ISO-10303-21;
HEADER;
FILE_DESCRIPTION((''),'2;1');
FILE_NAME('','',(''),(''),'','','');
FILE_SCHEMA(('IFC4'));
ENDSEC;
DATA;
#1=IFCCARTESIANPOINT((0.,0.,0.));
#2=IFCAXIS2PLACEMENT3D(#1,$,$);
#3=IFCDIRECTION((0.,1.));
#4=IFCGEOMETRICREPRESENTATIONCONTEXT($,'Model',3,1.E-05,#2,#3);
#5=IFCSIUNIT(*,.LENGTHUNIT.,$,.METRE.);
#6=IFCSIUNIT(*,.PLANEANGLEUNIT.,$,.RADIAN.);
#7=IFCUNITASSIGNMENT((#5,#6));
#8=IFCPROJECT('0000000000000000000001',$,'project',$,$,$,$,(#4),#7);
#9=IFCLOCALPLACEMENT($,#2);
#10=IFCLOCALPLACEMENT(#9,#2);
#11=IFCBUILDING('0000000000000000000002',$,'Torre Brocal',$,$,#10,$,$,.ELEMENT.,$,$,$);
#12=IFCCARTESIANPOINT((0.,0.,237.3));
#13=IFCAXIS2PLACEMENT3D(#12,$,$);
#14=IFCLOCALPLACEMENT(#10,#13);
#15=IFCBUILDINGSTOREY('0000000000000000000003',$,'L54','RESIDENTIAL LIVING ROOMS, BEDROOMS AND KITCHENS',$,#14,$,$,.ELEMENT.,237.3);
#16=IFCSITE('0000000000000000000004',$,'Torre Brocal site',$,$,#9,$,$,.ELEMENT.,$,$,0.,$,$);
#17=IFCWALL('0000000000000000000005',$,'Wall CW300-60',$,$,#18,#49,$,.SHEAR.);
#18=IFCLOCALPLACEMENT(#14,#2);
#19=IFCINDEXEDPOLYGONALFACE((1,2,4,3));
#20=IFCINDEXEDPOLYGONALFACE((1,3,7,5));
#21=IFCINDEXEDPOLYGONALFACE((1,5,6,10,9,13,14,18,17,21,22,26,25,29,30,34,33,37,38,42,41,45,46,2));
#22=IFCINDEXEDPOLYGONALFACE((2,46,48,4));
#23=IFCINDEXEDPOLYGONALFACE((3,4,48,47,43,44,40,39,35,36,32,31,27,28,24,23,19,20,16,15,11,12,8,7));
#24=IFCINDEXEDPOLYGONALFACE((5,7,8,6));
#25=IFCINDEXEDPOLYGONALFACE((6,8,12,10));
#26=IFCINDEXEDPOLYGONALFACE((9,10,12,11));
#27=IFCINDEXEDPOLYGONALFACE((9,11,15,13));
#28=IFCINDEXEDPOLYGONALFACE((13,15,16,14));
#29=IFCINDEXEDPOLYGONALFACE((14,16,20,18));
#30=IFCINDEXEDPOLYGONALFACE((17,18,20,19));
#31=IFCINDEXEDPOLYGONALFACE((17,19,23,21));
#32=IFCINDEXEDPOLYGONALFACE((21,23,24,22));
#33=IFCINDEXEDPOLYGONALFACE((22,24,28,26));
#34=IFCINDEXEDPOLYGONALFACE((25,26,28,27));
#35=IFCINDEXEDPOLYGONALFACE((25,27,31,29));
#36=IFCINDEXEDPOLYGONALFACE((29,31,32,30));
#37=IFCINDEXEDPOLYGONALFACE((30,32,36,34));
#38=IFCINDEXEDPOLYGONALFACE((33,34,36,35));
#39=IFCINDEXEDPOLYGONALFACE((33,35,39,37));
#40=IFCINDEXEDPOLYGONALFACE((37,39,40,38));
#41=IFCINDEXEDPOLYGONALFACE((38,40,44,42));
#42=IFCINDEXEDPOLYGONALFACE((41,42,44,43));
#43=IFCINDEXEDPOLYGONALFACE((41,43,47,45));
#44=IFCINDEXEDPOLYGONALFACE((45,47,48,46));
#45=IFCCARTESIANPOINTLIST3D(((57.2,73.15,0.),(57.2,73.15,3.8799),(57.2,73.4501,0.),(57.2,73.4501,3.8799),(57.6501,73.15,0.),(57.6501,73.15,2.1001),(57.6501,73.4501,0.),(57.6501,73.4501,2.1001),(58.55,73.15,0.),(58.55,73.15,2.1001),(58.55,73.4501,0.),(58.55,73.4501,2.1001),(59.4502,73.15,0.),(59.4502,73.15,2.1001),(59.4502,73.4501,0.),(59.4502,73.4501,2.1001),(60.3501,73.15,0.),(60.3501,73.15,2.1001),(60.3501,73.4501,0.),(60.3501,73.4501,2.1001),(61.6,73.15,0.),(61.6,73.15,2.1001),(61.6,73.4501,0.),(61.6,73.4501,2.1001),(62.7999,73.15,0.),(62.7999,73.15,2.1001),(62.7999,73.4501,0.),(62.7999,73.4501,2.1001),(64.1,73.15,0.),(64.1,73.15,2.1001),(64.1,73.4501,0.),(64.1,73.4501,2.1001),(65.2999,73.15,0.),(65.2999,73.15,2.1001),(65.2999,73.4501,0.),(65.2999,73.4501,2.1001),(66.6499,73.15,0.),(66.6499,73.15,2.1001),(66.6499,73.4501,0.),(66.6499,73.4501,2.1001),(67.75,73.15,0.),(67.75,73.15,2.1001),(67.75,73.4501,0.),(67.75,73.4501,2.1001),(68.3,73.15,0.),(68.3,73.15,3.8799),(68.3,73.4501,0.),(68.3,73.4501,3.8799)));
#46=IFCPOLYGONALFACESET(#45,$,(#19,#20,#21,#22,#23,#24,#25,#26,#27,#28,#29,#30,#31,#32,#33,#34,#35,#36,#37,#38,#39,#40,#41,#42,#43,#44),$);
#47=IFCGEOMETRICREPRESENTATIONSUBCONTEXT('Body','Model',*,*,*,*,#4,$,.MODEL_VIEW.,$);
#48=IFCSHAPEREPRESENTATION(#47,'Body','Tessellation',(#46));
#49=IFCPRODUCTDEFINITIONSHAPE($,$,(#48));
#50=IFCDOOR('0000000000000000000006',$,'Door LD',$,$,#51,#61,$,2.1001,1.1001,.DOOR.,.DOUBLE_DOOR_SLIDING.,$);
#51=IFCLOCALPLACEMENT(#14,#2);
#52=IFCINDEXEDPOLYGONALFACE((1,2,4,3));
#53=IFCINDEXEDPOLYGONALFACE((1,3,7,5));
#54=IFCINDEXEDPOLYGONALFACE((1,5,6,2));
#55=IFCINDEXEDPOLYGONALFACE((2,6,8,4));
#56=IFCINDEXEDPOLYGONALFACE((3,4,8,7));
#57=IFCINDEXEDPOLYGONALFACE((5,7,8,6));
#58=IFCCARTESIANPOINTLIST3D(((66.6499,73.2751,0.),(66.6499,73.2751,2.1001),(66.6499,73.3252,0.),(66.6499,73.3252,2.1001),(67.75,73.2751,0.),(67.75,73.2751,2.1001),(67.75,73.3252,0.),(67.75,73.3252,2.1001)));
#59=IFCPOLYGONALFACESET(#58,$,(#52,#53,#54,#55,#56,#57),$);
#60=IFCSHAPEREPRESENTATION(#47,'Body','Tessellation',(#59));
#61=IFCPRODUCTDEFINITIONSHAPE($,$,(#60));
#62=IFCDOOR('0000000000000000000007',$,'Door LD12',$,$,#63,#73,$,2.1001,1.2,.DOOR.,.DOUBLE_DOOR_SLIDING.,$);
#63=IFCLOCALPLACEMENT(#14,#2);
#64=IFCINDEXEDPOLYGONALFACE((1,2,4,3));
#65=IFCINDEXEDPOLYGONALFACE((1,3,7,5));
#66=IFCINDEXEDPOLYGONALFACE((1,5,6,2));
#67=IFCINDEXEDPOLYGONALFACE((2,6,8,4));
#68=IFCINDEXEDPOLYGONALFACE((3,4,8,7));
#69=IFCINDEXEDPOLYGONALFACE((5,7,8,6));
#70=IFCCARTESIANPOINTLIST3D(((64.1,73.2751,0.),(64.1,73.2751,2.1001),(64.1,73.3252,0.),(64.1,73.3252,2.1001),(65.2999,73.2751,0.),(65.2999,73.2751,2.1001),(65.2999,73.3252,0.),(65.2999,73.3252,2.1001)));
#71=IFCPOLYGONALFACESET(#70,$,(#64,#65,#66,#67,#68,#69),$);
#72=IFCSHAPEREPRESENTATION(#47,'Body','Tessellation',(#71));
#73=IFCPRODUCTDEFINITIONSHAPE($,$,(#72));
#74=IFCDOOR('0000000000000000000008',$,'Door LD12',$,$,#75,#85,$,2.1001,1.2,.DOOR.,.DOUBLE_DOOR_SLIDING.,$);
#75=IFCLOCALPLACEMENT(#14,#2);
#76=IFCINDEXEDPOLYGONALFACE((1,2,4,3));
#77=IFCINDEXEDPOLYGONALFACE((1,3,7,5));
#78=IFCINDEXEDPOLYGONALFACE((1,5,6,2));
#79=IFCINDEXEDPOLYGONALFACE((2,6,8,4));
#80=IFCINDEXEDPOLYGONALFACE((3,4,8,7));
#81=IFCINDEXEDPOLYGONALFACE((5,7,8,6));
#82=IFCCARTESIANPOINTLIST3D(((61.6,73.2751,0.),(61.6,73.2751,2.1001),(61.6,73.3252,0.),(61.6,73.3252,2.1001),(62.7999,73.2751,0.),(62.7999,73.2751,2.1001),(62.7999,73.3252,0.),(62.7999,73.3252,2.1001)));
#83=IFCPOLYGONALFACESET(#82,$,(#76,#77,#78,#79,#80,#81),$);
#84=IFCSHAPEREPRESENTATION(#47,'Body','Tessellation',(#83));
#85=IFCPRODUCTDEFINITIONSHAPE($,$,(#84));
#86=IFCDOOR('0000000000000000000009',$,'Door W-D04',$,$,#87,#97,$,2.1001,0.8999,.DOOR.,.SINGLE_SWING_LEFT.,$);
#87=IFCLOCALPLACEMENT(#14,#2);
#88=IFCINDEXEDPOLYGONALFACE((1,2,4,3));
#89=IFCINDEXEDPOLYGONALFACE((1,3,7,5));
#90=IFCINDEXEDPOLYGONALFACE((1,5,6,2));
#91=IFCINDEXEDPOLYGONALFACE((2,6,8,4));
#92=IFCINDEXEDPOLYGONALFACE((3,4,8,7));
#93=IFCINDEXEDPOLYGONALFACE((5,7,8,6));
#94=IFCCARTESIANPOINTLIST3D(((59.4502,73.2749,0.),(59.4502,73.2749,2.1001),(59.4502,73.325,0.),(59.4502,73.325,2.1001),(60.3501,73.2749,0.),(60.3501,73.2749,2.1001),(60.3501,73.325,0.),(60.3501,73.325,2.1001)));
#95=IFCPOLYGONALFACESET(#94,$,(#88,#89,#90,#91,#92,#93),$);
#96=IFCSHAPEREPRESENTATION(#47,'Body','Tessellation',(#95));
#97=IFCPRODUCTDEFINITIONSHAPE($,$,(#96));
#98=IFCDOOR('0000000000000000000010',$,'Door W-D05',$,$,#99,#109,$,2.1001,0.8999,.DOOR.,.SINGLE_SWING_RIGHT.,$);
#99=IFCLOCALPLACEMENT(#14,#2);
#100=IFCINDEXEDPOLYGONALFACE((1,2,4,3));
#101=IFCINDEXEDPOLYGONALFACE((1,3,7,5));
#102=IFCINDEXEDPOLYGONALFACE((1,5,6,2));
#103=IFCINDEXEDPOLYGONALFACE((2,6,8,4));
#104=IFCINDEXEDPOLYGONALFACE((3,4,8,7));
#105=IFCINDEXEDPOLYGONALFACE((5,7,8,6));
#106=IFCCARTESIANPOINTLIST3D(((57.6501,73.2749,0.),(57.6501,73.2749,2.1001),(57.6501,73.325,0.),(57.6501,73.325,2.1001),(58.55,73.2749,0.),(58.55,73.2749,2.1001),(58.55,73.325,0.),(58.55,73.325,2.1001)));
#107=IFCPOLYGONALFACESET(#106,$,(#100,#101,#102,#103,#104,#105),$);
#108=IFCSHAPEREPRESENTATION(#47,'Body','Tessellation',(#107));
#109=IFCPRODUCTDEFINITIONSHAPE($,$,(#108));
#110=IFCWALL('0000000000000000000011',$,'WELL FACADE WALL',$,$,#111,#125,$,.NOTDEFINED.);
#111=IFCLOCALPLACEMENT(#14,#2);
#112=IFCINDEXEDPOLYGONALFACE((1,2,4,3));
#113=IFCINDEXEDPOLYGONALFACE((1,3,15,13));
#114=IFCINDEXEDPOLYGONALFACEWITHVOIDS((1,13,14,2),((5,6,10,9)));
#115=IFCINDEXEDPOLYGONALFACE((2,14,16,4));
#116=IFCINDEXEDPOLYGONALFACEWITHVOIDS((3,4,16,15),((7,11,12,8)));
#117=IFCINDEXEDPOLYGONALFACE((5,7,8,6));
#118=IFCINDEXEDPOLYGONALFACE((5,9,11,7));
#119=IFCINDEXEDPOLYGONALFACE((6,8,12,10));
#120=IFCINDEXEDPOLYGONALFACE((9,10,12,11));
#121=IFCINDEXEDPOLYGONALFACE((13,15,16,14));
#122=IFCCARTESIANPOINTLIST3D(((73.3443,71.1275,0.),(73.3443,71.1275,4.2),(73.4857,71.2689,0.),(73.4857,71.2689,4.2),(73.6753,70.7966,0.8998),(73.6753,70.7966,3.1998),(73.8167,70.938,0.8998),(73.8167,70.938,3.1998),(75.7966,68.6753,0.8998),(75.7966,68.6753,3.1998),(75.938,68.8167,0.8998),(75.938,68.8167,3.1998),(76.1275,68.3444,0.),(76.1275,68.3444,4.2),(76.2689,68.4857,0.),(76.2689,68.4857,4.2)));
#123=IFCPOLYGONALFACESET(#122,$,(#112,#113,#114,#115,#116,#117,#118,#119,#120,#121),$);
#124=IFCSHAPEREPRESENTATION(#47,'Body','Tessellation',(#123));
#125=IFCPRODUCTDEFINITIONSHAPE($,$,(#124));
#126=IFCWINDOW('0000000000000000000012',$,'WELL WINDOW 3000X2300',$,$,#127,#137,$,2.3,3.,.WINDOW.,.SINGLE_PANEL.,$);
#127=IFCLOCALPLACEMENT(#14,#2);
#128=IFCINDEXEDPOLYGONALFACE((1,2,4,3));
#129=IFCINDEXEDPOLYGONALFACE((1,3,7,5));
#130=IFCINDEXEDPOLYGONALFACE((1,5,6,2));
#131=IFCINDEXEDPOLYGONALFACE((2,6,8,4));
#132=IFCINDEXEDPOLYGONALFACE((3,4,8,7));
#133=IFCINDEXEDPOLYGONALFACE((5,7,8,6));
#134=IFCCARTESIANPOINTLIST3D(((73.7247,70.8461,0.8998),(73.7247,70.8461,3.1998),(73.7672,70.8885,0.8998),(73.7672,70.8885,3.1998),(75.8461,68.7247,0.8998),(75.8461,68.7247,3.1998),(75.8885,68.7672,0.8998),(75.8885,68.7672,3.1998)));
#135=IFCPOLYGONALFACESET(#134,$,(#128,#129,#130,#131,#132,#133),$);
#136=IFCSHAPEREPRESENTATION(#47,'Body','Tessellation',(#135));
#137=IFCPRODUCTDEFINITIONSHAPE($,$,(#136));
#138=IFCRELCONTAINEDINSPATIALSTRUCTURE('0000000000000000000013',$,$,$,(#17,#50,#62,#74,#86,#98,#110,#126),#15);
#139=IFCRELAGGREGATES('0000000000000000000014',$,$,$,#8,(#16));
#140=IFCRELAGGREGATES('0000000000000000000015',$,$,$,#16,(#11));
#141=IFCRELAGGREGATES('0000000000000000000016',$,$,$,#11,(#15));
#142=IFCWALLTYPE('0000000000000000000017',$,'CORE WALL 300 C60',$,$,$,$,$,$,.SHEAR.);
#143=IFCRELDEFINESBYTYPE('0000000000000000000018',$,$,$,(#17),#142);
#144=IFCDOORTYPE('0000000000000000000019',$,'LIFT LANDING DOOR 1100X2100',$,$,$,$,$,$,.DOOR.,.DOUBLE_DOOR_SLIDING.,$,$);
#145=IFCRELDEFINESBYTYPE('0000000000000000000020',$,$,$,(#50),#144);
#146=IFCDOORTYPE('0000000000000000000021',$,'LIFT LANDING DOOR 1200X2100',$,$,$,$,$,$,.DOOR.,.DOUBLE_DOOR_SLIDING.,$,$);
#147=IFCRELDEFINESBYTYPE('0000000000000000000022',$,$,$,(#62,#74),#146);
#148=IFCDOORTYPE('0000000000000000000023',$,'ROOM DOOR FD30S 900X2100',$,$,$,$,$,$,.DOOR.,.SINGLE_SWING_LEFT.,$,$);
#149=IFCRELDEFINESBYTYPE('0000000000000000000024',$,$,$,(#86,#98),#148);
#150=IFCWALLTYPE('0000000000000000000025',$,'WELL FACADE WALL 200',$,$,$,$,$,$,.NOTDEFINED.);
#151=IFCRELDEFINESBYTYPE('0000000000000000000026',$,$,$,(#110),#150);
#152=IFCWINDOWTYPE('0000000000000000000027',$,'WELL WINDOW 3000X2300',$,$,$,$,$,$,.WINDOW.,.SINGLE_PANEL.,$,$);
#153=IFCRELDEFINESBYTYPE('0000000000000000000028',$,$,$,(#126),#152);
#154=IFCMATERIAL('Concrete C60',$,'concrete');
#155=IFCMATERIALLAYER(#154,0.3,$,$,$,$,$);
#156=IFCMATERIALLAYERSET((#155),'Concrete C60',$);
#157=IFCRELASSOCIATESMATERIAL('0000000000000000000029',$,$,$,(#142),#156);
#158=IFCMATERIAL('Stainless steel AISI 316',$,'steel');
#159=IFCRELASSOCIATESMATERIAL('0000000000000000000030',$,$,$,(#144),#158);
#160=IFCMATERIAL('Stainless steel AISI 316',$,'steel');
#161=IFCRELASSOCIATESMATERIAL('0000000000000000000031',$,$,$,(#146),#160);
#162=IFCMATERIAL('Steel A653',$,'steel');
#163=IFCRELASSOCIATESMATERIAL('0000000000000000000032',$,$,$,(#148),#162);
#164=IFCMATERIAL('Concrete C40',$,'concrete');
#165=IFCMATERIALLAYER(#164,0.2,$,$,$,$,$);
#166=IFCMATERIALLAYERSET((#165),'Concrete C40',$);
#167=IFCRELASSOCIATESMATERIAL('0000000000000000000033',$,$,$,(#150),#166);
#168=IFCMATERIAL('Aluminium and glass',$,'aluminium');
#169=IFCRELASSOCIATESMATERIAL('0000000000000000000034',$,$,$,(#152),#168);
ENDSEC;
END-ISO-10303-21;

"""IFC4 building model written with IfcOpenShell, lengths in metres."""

from ifc_helpers import new_model, si_unit, direction, frame, frame_2d, origin, place, context, subcontext, project, spatial, rectangle, extrude, material, layer, layer_set, type_object, element, fill, save


model = new_model("IFC4")

# Units and contexts
model_context = context("Model", 3, precision=1e-05, world=origin(), true_north=direction((0.0, 1.0)))
body_context = subcontext(model_context, "Body", "Model", "MODEL_VIEW")
ifc_project = project(units=[si_unit("LENGTHUNIT", "METRE"), si_unit("PLANEANGLEUNIT", "RADIAN")], contexts=[model_context])

# Site, building, storey
site_placement = place(None, origin())
site = spatial("IfcSite", under=ifc_project, at=site_placement, Name="Torre Brocal site", CompositionType="ELEMENT", RefElevation=0.0)
building_placement = place(site_placement, origin())
building = spatial("IfcBuilding", under=site, at=building_placement, Name="Torre Brocal", CompositionType="ELEMENT")
storey_placement = place(building_placement, frame((0.0, 0.0, 237.3)))
storey = spatial("IfcBuildingStorey", under=building, at=storey_placement, Name="L54", Description="RESIDENTIAL LIVING ROOMS, BEDROOMS AND KITCHENS", CompositionType="ELEMENT", Elevation=237.3)

# Shared definitions
ifc_material_1 = material(Name="Concrete C60", Category="concrete")
ifc_layer_1 = layer(ifc_material_1, 0.3)
ifc_layer_set_1 = layer_set([ifc_layer_1], Name="Concrete C60")
wall_type_1 = type_object("IfcWallType", Name="CORE WALL 300 C60", PredefinedType="SHEAR", material=ifc_layer_set_1)

# Wall, openings, doors
wall_1_placement = place(storey_placement, frame((68.3, 73.3, 0.0), z_axis=(0.0, 0.0, 1.0), x_axis=(-1.0, 0.0, 0.0)))
wall_1 = element("IfcWall", 1, at=wall_1_placement, inside=storey, type_object=wall_type_1, Name="Wall CW300-60", PredefinedType="SHEAR", context=body_context, shape_type="SweptSolid", body=[
    extrude(rectangle(XDim=11.1001, YDim=0.3, at=frame_2d((5.55, 0.0))), origin(), (0.0, 0.0, 1.0), 3.8799),
])
opening_1_placement = place(wall_1_placement, frame((0.55, 0.0, 0.0)))
opening_1 = element("IfcOpeningElement", 2, at=opening_1_placement, cuts=wall_1, PredefinedType="OPENING", context=body_context, shape_type="SweptSolid", body=[
    extrude(rectangle(XDim=1.1001, YDim=2.1001, at=frame_2d((0.55, 1.05))), frame((0.0, 0.1599, 0.0), z_axis=(0.0, -1.0, 0.0), x_axis=(1.0, 0.0, 0.0)), (0.0, 0.0, 1.0), 0.3201),
])
opening_2_placement = place(wall_1_placement, frame((3.0, 0.0, 0.0)))
opening_2 = element("IfcOpeningElement", 3, at=opening_2_placement, cuts=wall_1, PredefinedType="OPENING", context=body_context, shape_type="SweptSolid", body=[
    extrude(rectangle(XDim=1.2, YDim=2.1001, at=frame_2d((0.6001, 1.05))), frame((0.0, 0.1599, 0.0), z_axis=(0.0, -1.0, 0.0), x_axis=(1.0, 0.0, 0.0)), (0.0, 0.0, 1.0), 0.3201),
])
opening_3_placement = place(wall_1_placement, frame((5.5, 0.0, 0.0)))
opening_3 = element("IfcOpeningElement", 4, at=opening_3_placement, cuts=wall_1, PredefinedType="OPENING", context=body_context, shape_type="SweptSolid", body=[
    extrude(rectangle(XDim=1.2, YDim=2.1001, at=frame_2d((0.6001, 1.05))), frame((0.0, 0.1599, 0.0), z_axis=(0.0, -1.0, 0.0), x_axis=(1.0, 0.0, 0.0)), (0.0, 0.0, 1.0), 0.3201),
])
opening_4_placement = place(wall_1_placement, frame((7.95, 0.0, 0.0)))
opening_4 = element("IfcOpeningElement", 5, at=opening_4_placement, cuts=wall_1, PredefinedType="OPENING", context=body_context, shape_type="SweptSolid", body=[
    extrude(rectangle(XDim=0.8999, YDim=2.1001, at=frame_2d((0.45, 1.05))), frame((0.0, 0.1599, 0.0), z_axis=(0.0, -1.0, 0.0), x_axis=(1.0, 0.0, 0.0)), (0.0, 0.0, 1.0), 0.3201),
])
opening_5_placement = place(wall_1_placement, frame((9.75, 0.0, 0.0)))
opening_5 = element("IfcOpeningElement", 6, at=opening_5_placement, cuts=wall_1, PredefinedType="OPENING", context=body_context, shape_type="SweptSolid", body=[
    extrude(rectangle(XDim=0.8999, YDim=2.1001, at=frame_2d((0.45, 1.05))), frame((0.0, 0.1599, 0.0), z_axis=(0.0, -1.0, 0.0), x_axis=(1.0, 0.0, 0.0)), (0.0, 0.0, 1.0), 0.3201),
])
ifc_material_2 = material(Name="Stainless steel AISI 316", Category="steel")
door_type_1 = type_object("IfcDoorType", Name="LIFT LANDING DOOR 1100X2100", OperationType="DOUBLE_DOOR_SLIDING", PredefinedType="DOOR", material=ifc_material_2)
door_1_placement = place(opening_1_placement, origin())
door_1 = element("IfcDoor", 7, at=door_1_placement, inside=storey, type_object=door_type_1, Name="Door LD", OperationType="DOUBLE_DOOR_SLIDING", OverallHeight=2.1001, OverallWidth=1.1001, PredefinedType="DOOR", context=body_context, shape_type="SweptSolid", body=[
    extrude(rectangle(XDim=1.1001, YDim=2.1001, at=frame_2d((0.55, 1.05))), frame((0.0, 0.0249, 0.0), z_axis=(0.0, -1.0, 0.0), x_axis=(1.0, 0.0, 0.0)), (0.0, 0.0, 1.0), 0.05),
])
fill(opening_1, door_1)
ifc_material_3 = material(Name="Stainless steel AISI 316", Category="steel")
door_type_2 = type_object("IfcDoorType", Name="LIFT LANDING DOOR 1200X2100", OperationType="DOUBLE_DOOR_SLIDING", PredefinedType="DOOR", material=ifc_material_3)
door_2_placement = place(opening_2_placement, origin())
door_2 = element("IfcDoor", 8, at=door_2_placement, inside=storey, type_object=door_type_2, Name="Door LD12", OperationType="DOUBLE_DOOR_SLIDING", OverallHeight=2.1001, OverallWidth=1.2, PredefinedType="DOOR", context=body_context, shape_type="SweptSolid", body=[
    extrude(rectangle(XDim=1.2, YDim=2.1001, at=frame_2d((0.6001, 1.05))), frame((0.0, 0.0249, 0.0), z_axis=(0.0, -1.0, 0.0), x_axis=(1.0, 0.0, 0.0)), (0.0, 0.0, 1.0), 0.05),
])
fill(opening_2, door_2)
door_3_placement = place(opening_3_placement, origin())
door_3 = element("IfcDoor", 9, at=door_3_placement, inside=storey, type_object=door_type_2, Name="Door LD12", OperationType="DOUBLE_DOOR_SLIDING", OverallHeight=2.1001, OverallWidth=1.2, PredefinedType="DOOR", context=body_context, shape_type="SweptSolid", body=[
    extrude(rectangle(XDim=1.2, YDim=2.1001, at=frame_2d((0.6001, 1.05))), frame((0.0, 0.0249, 0.0), z_axis=(0.0, -1.0, 0.0), x_axis=(1.0, 0.0, 0.0)), (0.0, 0.0, 1.0), 0.05),
])
fill(opening_3, door_3)
ifc_material_4 = material(Name="Steel A653", Category="steel")
door_type_3 = type_object("IfcDoorType", Name="ROOM DOOR FD30S 900X2100", OperationType="SINGLE_SWING_LEFT", PredefinedType="DOOR", material=ifc_material_4)
door_4_placement = place(opening_4_placement, frame((0.8999, 0.0, 0.0), z_axis=(0.0, 0.0, 1.0), x_axis=(-1.0, 0.0, 0.0)))
door_4 = element("IfcDoor", 10, at=door_4_placement, inside=storey, type_object=door_type_3, Name="Door W-D04", OperationType="SINGLE_SWING_LEFT", OverallHeight=2.1001, OverallWidth=0.8999, PredefinedType="DOOR", context=body_context, shape_type="SweptSolid", body=[
    extrude(rectangle(XDim=0.8999, YDim=2.1001, at=frame_2d((0.45, 1.05))), frame((0.0, 0.0249, 0.0), z_axis=(0.0, -1.0, 0.0), x_axis=(1.0, 0.0, 0.0)), (0.0, 0.0, 1.0), 0.05),
])
fill(opening_4, door_4)
door_5_placement = place(opening_5_placement, frame((0.8999, 0.0, 0.0), z_axis=(0.0, 0.0, 1.0), x_axis=(-1.0, 0.0, 0.0)))
door_5 = element("IfcDoor", 11, at=door_5_placement, inside=storey, type_object=door_type_3, Name="Door W-D05", OperationType="SINGLE_SWING_RIGHT", OverallHeight=2.1001, OverallWidth=0.8999, PredefinedType="DOOR", context=body_context, shape_type="SweptSolid", body=[
    extrude(rectangle(XDim=0.8999, YDim=2.1001, at=frame_2d((0.45, 1.05))), frame((0.0, 0.0249, 0.0), z_axis=(0.0, -1.0, 0.0), x_axis=(1.0, 0.0, 0.0)), (0.0, 0.0, 1.0), 0.05),
])
fill(opening_5, door_5)

# Wall, opening, window
ifc_material_5 = material(Name="Concrete C40", Category="concrete")
ifc_layer_2 = layer(ifc_material_5, 0.2)
ifc_layer_set_2 = layer_set([ifc_layer_2], Name="Concrete C40")
wall_type_2 = type_object("IfcWallType", Name="WELL FACADE WALL 200", PredefinedType="NOTDEFINED", material=ifc_layer_set_2)
wall_2_placement = place(storey_placement, frame((73.415, 71.1982, 0.0), z_axis=(0.0, 0.0, 1.0), x_axis=(0.707107, -0.707107, 0.0)))
wall_2 = element("IfcWall", 12, at=wall_2_placement, inside=storey, type_object=wall_type_2, Name="WELL FACADE WALL", PredefinedType="NOTDEFINED", context=body_context, shape_type="SweptSolid", body=[
    extrude(rectangle(XDim=3.936, YDim=0.2, at=frame_2d((1.968, 0.0))), origin(), (0.0, 0.0, 1.0), 4.2),
])
opening_6_placement = place(wall_2_placement, frame((0.468, 0.0, 0.8999)))
opening_6 = element("IfcOpeningElement", 13, at=opening_6_placement, cuts=wall_2, PredefinedType="OPENING", context=body_context, shape_type="SweptSolid", body=[
    extrude(rectangle(XDim=3.0, YDim=2.3, at=frame_2d((1.5, 1.1499))), frame((0.0, 0.1099, 0.0), z_axis=(0.0, -1.0, 0.0), x_axis=(1.0, 0.0, 0.0)), (0.0, 0.0, 1.0), 0.22),
])
ifc_material_6 = material(Name="Aluminium and glass", Category="aluminium")
window_type = type_object("IfcWindowType", Name="WELL WINDOW 3000X2300", PartitioningType="SINGLE_PANEL", PredefinedType="WINDOW", material=ifc_material_6)
window_1_placement = place(opening_6_placement, origin())
window_1 = element("IfcWindow", 14, at=window_1_placement, inside=storey, type_object=window_type, Name="WELL WINDOW 3000X2300", OverallHeight=2.3, OverallWidth=3.0, PartitioningType="SINGLE_PANEL", PredefinedType="WINDOW", context=body_context, shape_type="SweptSolid", body=[
    extrude(rectangle(XDim=3.0, YDim=2.3, at=frame_2d((1.5, 1.1499))), frame((0.0, 0.03, 0.0), z_axis=(0.0, -1.0, 0.0), x_axis=(1.0, 0.0, 0.0)), (0.0, 0.0, 1.0), 0.0601),
])
fill(opening_6, window_1)

save(model, "model.ifc")
